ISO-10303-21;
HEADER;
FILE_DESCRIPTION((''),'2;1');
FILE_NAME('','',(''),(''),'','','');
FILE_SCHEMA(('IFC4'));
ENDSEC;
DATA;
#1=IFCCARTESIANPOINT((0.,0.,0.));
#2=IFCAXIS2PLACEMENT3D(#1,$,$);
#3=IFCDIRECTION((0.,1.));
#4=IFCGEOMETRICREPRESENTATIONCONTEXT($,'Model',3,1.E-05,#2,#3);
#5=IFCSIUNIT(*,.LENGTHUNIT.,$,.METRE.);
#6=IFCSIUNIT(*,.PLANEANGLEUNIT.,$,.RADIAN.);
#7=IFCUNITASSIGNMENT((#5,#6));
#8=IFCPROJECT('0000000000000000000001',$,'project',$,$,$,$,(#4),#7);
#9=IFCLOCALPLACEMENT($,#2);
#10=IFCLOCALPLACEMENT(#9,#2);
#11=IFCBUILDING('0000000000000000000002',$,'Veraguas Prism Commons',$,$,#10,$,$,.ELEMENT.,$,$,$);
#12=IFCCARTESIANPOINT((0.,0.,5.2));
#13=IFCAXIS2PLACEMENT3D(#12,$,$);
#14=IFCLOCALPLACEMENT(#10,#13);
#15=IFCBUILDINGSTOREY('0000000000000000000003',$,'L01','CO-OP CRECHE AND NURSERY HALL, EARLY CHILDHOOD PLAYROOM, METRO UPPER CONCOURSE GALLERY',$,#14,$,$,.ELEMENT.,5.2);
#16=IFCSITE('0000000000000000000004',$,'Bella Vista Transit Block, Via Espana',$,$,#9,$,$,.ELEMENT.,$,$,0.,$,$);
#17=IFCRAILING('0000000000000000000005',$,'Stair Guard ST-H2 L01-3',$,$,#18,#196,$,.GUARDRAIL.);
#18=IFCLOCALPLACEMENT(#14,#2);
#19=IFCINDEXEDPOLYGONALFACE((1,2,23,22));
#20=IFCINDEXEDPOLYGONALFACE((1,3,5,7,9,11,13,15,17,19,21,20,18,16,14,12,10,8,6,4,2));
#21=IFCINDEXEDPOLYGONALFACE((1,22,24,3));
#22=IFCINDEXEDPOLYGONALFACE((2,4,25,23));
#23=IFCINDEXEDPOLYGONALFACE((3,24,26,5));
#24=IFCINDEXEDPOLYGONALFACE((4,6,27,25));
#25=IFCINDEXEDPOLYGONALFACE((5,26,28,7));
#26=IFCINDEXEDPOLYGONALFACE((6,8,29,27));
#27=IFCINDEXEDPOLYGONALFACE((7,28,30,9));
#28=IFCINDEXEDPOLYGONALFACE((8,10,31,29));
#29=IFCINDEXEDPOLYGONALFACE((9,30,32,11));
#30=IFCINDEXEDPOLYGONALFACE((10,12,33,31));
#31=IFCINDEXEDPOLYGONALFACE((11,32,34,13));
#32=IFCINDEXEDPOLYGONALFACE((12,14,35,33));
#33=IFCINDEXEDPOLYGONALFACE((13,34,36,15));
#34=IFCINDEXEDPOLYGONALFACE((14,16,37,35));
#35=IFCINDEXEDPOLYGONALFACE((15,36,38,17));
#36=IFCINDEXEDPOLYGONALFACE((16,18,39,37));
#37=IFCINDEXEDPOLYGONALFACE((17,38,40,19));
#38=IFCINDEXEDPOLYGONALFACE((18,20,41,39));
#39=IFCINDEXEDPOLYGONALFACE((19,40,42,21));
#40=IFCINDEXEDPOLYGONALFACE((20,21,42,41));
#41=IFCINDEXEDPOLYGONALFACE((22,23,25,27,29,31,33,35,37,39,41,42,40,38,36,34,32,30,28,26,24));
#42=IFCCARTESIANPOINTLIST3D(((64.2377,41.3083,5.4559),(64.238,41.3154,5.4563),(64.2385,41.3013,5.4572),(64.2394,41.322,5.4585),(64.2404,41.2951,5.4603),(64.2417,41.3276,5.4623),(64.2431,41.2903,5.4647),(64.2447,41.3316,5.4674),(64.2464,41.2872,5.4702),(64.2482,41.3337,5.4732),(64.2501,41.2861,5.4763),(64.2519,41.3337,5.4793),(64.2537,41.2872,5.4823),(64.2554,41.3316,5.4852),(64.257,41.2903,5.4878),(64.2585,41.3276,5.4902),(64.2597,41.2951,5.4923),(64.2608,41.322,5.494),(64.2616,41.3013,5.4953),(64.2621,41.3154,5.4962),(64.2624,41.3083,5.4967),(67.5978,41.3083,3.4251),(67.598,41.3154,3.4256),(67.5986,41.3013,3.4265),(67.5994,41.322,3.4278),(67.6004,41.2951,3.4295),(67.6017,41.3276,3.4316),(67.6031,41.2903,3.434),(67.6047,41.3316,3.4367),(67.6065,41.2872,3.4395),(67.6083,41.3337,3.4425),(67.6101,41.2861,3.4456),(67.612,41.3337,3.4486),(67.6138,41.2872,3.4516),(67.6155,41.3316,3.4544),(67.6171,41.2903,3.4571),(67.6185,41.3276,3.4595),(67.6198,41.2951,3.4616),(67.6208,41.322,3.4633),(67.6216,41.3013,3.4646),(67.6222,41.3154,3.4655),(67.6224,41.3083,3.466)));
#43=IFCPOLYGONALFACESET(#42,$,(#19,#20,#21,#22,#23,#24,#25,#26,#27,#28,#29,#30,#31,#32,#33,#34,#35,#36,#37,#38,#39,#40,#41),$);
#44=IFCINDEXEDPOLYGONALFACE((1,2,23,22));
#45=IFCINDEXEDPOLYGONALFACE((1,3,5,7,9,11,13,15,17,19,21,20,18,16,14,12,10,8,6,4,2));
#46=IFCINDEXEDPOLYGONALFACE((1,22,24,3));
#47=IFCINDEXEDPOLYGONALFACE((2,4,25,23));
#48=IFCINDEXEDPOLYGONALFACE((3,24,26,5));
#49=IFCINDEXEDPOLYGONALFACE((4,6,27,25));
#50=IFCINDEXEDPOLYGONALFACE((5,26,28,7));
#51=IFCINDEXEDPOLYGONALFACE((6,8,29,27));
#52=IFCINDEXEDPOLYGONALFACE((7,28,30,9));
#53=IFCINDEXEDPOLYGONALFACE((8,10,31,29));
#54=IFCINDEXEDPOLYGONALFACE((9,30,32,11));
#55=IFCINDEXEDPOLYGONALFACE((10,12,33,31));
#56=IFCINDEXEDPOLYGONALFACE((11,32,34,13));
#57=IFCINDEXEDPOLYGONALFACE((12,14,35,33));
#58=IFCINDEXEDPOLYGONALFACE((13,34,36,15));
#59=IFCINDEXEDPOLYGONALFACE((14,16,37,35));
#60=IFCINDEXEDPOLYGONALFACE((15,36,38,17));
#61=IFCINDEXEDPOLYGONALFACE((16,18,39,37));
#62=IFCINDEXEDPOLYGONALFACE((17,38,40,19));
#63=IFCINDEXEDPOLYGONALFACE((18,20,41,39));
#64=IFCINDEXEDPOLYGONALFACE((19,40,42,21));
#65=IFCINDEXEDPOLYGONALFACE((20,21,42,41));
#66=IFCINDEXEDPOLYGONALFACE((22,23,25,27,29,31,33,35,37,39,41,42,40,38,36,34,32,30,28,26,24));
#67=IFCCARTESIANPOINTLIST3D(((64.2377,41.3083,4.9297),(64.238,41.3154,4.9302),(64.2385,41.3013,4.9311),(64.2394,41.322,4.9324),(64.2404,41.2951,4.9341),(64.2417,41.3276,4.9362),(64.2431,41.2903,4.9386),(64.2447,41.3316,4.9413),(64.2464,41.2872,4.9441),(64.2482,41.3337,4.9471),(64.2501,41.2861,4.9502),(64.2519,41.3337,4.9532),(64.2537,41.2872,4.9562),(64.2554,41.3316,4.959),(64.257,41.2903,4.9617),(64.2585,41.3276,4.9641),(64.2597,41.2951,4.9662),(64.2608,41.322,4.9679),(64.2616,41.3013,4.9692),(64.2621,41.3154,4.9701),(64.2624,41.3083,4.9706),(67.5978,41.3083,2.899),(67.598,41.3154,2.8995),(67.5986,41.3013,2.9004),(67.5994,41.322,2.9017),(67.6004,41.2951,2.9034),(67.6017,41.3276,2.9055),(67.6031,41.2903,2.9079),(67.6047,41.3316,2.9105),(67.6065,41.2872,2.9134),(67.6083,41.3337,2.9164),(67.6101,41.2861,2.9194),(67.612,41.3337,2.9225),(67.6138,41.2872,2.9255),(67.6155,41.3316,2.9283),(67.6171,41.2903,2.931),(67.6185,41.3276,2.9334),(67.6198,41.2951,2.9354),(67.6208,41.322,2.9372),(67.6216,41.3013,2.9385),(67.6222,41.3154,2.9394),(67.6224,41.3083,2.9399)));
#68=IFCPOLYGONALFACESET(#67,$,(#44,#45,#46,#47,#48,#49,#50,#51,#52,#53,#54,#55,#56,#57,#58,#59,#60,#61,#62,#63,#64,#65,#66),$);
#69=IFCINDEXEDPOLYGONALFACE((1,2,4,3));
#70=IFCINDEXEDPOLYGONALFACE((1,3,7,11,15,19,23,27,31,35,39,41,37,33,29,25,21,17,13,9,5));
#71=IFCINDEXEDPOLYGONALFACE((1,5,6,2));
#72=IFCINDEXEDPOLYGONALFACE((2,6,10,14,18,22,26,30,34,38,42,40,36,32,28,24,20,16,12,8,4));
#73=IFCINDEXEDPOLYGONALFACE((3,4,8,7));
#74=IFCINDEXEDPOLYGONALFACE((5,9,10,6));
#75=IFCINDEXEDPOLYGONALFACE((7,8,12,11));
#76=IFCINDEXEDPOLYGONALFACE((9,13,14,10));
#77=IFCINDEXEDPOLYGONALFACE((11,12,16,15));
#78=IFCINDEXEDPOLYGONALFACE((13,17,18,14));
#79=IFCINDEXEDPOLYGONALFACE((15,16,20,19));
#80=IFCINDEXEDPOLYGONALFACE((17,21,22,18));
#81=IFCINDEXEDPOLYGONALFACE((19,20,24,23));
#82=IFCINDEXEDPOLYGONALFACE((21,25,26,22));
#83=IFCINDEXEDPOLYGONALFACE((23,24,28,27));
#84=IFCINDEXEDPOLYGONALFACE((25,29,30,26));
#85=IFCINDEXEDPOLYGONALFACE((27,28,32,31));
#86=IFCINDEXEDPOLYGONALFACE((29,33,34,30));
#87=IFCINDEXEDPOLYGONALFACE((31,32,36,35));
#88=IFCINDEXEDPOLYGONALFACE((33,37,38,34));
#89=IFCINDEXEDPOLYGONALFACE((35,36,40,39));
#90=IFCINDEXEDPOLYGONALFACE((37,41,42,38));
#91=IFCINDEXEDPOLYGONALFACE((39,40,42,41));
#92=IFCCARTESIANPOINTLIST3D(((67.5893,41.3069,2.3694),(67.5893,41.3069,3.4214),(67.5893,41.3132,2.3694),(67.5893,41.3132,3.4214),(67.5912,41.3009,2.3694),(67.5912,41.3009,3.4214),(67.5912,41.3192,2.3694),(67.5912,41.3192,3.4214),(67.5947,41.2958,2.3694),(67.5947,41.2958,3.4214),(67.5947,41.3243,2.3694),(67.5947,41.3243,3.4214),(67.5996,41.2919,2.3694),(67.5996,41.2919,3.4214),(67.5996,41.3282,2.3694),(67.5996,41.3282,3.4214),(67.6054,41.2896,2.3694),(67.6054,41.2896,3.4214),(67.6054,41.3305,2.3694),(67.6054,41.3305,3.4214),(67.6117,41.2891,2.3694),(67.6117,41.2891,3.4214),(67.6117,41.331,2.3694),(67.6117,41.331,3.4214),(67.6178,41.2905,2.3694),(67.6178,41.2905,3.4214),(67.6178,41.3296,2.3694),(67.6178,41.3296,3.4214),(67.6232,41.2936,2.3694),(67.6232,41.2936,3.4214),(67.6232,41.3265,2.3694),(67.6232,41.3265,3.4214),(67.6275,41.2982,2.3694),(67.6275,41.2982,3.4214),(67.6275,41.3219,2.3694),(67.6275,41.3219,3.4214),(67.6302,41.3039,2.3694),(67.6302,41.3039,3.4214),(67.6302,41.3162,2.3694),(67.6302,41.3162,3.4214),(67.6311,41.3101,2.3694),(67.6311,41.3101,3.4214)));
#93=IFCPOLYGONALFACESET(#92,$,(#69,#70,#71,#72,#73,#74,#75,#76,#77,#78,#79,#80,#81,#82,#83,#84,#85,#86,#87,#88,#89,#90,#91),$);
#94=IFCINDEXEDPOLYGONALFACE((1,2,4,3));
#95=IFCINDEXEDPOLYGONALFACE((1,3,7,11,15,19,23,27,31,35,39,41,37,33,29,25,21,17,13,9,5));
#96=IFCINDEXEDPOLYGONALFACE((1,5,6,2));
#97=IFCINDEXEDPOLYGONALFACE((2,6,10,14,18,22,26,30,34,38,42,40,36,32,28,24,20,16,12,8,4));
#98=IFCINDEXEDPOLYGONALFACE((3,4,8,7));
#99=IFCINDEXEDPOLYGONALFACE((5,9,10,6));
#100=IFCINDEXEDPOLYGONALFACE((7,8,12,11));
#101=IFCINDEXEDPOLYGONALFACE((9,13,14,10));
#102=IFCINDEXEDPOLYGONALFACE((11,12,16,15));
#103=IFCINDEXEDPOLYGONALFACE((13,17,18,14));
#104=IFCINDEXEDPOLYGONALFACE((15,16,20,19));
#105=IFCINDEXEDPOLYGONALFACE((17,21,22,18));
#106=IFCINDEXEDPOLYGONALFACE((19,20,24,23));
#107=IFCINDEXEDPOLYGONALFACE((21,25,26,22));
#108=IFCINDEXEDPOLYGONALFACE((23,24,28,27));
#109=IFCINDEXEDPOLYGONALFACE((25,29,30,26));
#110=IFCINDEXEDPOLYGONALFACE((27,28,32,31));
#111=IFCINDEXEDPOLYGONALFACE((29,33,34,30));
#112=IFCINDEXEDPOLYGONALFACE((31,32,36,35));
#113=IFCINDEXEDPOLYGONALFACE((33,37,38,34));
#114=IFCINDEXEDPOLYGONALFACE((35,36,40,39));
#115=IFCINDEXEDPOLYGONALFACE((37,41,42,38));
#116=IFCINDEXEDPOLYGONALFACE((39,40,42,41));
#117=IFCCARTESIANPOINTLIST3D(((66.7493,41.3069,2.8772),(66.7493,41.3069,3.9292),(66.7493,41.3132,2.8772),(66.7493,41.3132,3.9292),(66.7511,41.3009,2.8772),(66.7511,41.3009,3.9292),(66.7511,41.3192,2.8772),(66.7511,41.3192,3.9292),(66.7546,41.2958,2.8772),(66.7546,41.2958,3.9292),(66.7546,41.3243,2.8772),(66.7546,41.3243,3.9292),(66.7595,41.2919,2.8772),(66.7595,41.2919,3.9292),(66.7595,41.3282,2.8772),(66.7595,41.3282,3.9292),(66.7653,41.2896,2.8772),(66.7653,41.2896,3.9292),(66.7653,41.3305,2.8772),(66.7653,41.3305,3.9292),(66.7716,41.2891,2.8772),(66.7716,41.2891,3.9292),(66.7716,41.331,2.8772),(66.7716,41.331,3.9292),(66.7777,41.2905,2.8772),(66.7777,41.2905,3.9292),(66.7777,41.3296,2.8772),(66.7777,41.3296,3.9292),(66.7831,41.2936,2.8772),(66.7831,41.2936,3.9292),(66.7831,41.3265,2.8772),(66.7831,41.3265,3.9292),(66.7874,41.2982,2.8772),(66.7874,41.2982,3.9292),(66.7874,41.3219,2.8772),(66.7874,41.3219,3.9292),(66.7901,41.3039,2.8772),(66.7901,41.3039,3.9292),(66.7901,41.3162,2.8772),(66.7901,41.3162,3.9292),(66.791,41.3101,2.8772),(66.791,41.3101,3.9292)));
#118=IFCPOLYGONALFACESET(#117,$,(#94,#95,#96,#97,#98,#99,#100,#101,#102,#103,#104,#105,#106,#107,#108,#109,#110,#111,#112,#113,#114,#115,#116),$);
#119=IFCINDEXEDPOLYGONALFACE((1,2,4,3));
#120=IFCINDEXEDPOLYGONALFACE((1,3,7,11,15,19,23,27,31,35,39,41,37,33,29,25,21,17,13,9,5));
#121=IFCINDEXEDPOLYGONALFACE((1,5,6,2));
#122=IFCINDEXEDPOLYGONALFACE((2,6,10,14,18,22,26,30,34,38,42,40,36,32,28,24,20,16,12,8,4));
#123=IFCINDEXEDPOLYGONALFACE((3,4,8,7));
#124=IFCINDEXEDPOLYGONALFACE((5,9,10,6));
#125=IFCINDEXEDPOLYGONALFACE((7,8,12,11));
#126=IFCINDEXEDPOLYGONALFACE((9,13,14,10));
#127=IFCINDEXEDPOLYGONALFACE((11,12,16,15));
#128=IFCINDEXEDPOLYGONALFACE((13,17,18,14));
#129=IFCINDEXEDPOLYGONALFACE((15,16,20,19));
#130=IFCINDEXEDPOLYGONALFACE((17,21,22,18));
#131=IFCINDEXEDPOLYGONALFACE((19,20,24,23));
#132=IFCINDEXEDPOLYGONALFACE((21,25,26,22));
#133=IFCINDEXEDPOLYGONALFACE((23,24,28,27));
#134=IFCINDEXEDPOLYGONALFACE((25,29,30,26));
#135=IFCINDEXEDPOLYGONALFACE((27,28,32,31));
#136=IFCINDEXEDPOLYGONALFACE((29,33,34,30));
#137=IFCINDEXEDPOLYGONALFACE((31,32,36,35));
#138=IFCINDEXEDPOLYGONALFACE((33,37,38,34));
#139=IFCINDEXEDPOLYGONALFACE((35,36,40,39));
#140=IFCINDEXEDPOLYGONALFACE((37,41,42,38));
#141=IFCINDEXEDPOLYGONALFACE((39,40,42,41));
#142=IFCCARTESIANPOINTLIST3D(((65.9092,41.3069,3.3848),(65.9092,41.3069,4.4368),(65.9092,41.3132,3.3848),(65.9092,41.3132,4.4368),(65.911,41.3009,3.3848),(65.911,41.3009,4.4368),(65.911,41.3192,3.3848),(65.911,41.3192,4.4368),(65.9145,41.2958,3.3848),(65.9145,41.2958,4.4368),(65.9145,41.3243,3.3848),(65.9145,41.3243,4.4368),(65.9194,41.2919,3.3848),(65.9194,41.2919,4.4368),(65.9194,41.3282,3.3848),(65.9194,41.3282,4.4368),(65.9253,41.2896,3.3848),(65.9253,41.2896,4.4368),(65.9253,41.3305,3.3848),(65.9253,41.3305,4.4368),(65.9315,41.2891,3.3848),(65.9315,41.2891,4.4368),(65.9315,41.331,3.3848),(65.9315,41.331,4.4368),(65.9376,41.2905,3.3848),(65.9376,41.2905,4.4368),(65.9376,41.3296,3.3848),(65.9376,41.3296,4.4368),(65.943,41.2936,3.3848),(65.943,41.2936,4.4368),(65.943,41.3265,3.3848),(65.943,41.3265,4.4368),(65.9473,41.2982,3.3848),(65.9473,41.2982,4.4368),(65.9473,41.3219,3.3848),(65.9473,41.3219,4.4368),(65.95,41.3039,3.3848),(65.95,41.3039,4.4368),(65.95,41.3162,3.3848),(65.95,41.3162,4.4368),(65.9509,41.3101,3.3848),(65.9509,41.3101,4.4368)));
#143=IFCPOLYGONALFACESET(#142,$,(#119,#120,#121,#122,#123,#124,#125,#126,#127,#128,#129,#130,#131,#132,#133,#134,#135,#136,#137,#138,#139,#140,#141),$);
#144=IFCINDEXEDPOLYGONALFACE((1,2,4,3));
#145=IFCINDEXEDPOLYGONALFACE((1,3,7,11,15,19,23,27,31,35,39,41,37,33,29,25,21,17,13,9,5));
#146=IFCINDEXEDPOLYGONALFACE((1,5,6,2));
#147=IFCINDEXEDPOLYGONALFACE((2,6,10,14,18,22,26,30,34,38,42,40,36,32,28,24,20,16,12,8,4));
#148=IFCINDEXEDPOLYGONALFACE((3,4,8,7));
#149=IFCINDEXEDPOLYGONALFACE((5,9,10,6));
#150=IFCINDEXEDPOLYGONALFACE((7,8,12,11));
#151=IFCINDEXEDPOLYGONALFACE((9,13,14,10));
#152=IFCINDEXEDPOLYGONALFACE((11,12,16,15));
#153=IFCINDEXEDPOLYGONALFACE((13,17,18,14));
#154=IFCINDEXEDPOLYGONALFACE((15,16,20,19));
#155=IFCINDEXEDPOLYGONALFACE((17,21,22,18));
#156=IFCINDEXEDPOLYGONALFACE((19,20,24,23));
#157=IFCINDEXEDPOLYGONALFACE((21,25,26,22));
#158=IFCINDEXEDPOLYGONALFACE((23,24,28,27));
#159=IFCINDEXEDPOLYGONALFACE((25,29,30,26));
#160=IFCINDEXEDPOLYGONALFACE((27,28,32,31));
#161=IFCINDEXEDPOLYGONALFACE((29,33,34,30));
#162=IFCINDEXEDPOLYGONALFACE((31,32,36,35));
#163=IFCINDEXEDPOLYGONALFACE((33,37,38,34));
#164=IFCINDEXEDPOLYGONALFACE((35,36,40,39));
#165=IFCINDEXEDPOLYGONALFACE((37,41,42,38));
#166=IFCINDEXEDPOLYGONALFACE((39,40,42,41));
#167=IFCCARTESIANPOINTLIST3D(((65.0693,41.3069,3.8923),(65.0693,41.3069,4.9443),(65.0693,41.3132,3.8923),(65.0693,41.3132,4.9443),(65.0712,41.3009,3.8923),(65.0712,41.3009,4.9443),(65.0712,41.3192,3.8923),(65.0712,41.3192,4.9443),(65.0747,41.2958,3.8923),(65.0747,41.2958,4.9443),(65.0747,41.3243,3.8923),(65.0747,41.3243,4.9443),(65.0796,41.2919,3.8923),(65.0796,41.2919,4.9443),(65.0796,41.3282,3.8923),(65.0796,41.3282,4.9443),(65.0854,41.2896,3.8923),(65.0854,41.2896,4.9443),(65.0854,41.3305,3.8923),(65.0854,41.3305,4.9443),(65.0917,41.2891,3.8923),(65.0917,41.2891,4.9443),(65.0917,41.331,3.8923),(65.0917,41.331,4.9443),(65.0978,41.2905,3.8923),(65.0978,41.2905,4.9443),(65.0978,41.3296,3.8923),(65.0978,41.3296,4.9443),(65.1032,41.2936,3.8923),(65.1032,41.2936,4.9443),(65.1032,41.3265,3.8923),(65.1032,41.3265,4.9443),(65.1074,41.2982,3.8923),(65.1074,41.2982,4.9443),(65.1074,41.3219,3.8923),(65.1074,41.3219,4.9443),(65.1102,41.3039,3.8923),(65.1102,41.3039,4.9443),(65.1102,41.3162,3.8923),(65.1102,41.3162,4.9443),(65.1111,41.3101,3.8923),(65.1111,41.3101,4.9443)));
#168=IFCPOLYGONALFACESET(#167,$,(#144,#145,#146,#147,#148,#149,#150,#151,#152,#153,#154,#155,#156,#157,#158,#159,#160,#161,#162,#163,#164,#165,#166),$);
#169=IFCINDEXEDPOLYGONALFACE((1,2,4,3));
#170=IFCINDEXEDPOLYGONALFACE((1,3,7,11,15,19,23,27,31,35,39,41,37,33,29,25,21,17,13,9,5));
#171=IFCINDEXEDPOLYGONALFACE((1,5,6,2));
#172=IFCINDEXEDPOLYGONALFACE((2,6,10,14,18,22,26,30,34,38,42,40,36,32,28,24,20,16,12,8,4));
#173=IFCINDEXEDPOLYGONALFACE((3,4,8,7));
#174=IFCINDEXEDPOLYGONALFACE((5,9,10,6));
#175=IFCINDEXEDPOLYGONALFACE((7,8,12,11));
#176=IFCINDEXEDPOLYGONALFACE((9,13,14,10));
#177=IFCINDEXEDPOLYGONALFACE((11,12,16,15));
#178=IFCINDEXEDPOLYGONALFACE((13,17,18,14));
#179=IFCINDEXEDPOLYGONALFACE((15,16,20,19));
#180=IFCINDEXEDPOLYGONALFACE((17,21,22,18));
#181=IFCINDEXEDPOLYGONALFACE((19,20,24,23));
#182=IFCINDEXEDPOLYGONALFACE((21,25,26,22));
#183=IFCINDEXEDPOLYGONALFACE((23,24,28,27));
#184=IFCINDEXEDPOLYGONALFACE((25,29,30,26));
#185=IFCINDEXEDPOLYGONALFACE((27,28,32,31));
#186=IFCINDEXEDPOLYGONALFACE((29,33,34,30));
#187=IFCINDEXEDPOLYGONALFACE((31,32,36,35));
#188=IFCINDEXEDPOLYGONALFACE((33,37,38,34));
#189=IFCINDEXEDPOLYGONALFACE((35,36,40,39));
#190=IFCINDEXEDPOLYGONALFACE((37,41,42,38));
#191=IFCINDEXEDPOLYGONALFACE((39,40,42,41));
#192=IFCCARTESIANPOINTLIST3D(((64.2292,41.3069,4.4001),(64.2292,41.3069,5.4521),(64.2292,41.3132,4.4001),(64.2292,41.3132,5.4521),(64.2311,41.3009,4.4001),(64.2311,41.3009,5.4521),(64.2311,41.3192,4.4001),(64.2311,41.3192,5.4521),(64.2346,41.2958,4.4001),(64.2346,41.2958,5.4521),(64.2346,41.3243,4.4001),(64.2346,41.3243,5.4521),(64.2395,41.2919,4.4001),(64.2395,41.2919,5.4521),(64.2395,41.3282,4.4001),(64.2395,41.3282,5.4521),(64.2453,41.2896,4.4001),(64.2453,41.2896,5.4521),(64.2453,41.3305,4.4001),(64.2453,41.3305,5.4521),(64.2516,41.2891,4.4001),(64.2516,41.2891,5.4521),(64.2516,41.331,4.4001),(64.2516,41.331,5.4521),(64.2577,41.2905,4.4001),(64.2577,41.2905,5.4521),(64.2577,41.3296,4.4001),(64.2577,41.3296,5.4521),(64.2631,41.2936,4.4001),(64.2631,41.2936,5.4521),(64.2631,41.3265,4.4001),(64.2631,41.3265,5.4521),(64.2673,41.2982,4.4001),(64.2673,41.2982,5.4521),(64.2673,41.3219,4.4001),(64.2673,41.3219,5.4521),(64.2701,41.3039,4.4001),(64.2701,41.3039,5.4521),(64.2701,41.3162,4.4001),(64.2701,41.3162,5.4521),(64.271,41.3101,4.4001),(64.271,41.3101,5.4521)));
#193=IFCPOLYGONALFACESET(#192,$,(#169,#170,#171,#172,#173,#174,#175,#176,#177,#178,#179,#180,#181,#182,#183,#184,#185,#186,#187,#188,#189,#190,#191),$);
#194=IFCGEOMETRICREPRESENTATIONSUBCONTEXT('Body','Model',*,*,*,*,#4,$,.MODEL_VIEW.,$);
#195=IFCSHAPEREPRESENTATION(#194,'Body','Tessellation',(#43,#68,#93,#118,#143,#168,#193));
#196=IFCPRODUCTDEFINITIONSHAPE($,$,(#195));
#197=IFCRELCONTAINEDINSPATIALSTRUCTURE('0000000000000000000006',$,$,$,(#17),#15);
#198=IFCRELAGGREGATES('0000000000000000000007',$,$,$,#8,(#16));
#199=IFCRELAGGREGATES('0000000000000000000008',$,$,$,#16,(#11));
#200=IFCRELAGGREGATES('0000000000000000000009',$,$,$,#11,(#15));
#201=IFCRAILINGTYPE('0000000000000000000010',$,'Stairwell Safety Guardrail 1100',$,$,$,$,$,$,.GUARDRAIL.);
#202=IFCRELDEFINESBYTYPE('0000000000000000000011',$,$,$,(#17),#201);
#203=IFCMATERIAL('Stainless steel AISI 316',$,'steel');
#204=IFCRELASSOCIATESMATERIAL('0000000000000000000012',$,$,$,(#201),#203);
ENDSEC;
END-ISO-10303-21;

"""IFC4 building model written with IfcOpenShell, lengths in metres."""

from ifc_helpers import new_model, si_unit, direction, frame, origin, origin_2d, place, context, subcontext, project, spatial, circle, extrude, material, type_object, element, save


model = new_model("IFC4")

# Units and contexts
model_context = context("Model", 3, precision=1e-05, world=origin(), true_north=direction((0.0, 1.0)))
body_context = subcontext(model_context, "Body", "Model", "MODEL_VIEW")
ifc_project = project(units=[si_unit("LENGTHUNIT", "METRE"), si_unit("PLANEANGLEUNIT", "RADIAN")], contexts=[model_context])

# Site, building, storey
site_placement = place(None, origin())
site = spatial("IfcSite", under=ifc_project, at=site_placement, Name="Bella Vista Transit Block, Via Espana", CompositionType="ELEMENT", RefElevation=0.0)
building_placement = place(site_placement, origin())
building = spatial("IfcBuilding", under=site, at=building_placement, Name="Veraguas Prism Commons", CompositionType="ELEMENT")
storey_placement = place(building_placement, frame((0.0, 0.0, 5.2)))
storey = spatial("IfcBuildingStorey", under=building, at=storey_placement, Name="L01", Description="CO-OP CRECHE AND NURSERY HALL, EARLY CHILDHOOD PLAYROOM, METRO UPPER CONCOURSE GALLERY", CompositionType="ELEMENT", Elevation=5.2)

# Railing
ifc_material_1 = material(Name="Stainless steel AISI 316", Category="steel")
railing_type_1 = type_object("IfcRailingType", Name="Stairwell Safety Guardrail 1100", PredefinedType="GUARDRAIL", material=ifc_material_1)
railing_1_placement = place(storey_placement, frame((67.6101, 41.3101, 2.3694)))
element("IfcRailing", 1, at=railing_1_placement, inside=storey, type_object=railing_type_1, Name="Stair Guard ST-H2 L01-3", PredefinedType="GUARDRAIL", context=body_context, shape_type="SweptSolid", body=[
    extrude(circle(Radius=0.0239, at=origin_2d()), frame((0.0, 0.0, 1.0762), z_axis=(-0.855837, 0.0, 0.517246), x_axis=(0.0, -1.0, 0.0)), (0.0, 0.0, 1.0), 3.926),
    extrude(circle(Radius=0.0239, at=origin_2d()), frame((0.0, 0.0, 0.55), z_axis=(-0.855837, 0.0, 0.517246), x_axis=(0.0, -1.0, 0.0)), (0.0, 0.0, 1.0), 3.926),
    extrude(circle(Radius=0.021, at=origin_2d()), origin(), (0.0, 0.0, 1.0), 1.052),
    extrude(circle(Radius=0.021, at=origin_2d()), frame((-0.8401, 0.0, 0.5078)), (0.0, 0.0, 1.0), 1.052),
    extrude(circle(Radius=0.021, at=origin_2d()), frame((-1.6802, 0.0, 1.0154)), (0.0, 0.0, 1.0), 1.052),
    extrude(circle(Radius=0.021, at=origin_2d()), frame((-2.52, 0.0, 1.5229)), (0.0, 0.0, 1.0), 1.052),
    extrude(circle(Radius=0.021, at=origin_2d()), frame((-3.3601, 0.0, 2.0308)), (0.0, 0.0, 1.0), 1.052),
])

save(model, "model.ifc")
